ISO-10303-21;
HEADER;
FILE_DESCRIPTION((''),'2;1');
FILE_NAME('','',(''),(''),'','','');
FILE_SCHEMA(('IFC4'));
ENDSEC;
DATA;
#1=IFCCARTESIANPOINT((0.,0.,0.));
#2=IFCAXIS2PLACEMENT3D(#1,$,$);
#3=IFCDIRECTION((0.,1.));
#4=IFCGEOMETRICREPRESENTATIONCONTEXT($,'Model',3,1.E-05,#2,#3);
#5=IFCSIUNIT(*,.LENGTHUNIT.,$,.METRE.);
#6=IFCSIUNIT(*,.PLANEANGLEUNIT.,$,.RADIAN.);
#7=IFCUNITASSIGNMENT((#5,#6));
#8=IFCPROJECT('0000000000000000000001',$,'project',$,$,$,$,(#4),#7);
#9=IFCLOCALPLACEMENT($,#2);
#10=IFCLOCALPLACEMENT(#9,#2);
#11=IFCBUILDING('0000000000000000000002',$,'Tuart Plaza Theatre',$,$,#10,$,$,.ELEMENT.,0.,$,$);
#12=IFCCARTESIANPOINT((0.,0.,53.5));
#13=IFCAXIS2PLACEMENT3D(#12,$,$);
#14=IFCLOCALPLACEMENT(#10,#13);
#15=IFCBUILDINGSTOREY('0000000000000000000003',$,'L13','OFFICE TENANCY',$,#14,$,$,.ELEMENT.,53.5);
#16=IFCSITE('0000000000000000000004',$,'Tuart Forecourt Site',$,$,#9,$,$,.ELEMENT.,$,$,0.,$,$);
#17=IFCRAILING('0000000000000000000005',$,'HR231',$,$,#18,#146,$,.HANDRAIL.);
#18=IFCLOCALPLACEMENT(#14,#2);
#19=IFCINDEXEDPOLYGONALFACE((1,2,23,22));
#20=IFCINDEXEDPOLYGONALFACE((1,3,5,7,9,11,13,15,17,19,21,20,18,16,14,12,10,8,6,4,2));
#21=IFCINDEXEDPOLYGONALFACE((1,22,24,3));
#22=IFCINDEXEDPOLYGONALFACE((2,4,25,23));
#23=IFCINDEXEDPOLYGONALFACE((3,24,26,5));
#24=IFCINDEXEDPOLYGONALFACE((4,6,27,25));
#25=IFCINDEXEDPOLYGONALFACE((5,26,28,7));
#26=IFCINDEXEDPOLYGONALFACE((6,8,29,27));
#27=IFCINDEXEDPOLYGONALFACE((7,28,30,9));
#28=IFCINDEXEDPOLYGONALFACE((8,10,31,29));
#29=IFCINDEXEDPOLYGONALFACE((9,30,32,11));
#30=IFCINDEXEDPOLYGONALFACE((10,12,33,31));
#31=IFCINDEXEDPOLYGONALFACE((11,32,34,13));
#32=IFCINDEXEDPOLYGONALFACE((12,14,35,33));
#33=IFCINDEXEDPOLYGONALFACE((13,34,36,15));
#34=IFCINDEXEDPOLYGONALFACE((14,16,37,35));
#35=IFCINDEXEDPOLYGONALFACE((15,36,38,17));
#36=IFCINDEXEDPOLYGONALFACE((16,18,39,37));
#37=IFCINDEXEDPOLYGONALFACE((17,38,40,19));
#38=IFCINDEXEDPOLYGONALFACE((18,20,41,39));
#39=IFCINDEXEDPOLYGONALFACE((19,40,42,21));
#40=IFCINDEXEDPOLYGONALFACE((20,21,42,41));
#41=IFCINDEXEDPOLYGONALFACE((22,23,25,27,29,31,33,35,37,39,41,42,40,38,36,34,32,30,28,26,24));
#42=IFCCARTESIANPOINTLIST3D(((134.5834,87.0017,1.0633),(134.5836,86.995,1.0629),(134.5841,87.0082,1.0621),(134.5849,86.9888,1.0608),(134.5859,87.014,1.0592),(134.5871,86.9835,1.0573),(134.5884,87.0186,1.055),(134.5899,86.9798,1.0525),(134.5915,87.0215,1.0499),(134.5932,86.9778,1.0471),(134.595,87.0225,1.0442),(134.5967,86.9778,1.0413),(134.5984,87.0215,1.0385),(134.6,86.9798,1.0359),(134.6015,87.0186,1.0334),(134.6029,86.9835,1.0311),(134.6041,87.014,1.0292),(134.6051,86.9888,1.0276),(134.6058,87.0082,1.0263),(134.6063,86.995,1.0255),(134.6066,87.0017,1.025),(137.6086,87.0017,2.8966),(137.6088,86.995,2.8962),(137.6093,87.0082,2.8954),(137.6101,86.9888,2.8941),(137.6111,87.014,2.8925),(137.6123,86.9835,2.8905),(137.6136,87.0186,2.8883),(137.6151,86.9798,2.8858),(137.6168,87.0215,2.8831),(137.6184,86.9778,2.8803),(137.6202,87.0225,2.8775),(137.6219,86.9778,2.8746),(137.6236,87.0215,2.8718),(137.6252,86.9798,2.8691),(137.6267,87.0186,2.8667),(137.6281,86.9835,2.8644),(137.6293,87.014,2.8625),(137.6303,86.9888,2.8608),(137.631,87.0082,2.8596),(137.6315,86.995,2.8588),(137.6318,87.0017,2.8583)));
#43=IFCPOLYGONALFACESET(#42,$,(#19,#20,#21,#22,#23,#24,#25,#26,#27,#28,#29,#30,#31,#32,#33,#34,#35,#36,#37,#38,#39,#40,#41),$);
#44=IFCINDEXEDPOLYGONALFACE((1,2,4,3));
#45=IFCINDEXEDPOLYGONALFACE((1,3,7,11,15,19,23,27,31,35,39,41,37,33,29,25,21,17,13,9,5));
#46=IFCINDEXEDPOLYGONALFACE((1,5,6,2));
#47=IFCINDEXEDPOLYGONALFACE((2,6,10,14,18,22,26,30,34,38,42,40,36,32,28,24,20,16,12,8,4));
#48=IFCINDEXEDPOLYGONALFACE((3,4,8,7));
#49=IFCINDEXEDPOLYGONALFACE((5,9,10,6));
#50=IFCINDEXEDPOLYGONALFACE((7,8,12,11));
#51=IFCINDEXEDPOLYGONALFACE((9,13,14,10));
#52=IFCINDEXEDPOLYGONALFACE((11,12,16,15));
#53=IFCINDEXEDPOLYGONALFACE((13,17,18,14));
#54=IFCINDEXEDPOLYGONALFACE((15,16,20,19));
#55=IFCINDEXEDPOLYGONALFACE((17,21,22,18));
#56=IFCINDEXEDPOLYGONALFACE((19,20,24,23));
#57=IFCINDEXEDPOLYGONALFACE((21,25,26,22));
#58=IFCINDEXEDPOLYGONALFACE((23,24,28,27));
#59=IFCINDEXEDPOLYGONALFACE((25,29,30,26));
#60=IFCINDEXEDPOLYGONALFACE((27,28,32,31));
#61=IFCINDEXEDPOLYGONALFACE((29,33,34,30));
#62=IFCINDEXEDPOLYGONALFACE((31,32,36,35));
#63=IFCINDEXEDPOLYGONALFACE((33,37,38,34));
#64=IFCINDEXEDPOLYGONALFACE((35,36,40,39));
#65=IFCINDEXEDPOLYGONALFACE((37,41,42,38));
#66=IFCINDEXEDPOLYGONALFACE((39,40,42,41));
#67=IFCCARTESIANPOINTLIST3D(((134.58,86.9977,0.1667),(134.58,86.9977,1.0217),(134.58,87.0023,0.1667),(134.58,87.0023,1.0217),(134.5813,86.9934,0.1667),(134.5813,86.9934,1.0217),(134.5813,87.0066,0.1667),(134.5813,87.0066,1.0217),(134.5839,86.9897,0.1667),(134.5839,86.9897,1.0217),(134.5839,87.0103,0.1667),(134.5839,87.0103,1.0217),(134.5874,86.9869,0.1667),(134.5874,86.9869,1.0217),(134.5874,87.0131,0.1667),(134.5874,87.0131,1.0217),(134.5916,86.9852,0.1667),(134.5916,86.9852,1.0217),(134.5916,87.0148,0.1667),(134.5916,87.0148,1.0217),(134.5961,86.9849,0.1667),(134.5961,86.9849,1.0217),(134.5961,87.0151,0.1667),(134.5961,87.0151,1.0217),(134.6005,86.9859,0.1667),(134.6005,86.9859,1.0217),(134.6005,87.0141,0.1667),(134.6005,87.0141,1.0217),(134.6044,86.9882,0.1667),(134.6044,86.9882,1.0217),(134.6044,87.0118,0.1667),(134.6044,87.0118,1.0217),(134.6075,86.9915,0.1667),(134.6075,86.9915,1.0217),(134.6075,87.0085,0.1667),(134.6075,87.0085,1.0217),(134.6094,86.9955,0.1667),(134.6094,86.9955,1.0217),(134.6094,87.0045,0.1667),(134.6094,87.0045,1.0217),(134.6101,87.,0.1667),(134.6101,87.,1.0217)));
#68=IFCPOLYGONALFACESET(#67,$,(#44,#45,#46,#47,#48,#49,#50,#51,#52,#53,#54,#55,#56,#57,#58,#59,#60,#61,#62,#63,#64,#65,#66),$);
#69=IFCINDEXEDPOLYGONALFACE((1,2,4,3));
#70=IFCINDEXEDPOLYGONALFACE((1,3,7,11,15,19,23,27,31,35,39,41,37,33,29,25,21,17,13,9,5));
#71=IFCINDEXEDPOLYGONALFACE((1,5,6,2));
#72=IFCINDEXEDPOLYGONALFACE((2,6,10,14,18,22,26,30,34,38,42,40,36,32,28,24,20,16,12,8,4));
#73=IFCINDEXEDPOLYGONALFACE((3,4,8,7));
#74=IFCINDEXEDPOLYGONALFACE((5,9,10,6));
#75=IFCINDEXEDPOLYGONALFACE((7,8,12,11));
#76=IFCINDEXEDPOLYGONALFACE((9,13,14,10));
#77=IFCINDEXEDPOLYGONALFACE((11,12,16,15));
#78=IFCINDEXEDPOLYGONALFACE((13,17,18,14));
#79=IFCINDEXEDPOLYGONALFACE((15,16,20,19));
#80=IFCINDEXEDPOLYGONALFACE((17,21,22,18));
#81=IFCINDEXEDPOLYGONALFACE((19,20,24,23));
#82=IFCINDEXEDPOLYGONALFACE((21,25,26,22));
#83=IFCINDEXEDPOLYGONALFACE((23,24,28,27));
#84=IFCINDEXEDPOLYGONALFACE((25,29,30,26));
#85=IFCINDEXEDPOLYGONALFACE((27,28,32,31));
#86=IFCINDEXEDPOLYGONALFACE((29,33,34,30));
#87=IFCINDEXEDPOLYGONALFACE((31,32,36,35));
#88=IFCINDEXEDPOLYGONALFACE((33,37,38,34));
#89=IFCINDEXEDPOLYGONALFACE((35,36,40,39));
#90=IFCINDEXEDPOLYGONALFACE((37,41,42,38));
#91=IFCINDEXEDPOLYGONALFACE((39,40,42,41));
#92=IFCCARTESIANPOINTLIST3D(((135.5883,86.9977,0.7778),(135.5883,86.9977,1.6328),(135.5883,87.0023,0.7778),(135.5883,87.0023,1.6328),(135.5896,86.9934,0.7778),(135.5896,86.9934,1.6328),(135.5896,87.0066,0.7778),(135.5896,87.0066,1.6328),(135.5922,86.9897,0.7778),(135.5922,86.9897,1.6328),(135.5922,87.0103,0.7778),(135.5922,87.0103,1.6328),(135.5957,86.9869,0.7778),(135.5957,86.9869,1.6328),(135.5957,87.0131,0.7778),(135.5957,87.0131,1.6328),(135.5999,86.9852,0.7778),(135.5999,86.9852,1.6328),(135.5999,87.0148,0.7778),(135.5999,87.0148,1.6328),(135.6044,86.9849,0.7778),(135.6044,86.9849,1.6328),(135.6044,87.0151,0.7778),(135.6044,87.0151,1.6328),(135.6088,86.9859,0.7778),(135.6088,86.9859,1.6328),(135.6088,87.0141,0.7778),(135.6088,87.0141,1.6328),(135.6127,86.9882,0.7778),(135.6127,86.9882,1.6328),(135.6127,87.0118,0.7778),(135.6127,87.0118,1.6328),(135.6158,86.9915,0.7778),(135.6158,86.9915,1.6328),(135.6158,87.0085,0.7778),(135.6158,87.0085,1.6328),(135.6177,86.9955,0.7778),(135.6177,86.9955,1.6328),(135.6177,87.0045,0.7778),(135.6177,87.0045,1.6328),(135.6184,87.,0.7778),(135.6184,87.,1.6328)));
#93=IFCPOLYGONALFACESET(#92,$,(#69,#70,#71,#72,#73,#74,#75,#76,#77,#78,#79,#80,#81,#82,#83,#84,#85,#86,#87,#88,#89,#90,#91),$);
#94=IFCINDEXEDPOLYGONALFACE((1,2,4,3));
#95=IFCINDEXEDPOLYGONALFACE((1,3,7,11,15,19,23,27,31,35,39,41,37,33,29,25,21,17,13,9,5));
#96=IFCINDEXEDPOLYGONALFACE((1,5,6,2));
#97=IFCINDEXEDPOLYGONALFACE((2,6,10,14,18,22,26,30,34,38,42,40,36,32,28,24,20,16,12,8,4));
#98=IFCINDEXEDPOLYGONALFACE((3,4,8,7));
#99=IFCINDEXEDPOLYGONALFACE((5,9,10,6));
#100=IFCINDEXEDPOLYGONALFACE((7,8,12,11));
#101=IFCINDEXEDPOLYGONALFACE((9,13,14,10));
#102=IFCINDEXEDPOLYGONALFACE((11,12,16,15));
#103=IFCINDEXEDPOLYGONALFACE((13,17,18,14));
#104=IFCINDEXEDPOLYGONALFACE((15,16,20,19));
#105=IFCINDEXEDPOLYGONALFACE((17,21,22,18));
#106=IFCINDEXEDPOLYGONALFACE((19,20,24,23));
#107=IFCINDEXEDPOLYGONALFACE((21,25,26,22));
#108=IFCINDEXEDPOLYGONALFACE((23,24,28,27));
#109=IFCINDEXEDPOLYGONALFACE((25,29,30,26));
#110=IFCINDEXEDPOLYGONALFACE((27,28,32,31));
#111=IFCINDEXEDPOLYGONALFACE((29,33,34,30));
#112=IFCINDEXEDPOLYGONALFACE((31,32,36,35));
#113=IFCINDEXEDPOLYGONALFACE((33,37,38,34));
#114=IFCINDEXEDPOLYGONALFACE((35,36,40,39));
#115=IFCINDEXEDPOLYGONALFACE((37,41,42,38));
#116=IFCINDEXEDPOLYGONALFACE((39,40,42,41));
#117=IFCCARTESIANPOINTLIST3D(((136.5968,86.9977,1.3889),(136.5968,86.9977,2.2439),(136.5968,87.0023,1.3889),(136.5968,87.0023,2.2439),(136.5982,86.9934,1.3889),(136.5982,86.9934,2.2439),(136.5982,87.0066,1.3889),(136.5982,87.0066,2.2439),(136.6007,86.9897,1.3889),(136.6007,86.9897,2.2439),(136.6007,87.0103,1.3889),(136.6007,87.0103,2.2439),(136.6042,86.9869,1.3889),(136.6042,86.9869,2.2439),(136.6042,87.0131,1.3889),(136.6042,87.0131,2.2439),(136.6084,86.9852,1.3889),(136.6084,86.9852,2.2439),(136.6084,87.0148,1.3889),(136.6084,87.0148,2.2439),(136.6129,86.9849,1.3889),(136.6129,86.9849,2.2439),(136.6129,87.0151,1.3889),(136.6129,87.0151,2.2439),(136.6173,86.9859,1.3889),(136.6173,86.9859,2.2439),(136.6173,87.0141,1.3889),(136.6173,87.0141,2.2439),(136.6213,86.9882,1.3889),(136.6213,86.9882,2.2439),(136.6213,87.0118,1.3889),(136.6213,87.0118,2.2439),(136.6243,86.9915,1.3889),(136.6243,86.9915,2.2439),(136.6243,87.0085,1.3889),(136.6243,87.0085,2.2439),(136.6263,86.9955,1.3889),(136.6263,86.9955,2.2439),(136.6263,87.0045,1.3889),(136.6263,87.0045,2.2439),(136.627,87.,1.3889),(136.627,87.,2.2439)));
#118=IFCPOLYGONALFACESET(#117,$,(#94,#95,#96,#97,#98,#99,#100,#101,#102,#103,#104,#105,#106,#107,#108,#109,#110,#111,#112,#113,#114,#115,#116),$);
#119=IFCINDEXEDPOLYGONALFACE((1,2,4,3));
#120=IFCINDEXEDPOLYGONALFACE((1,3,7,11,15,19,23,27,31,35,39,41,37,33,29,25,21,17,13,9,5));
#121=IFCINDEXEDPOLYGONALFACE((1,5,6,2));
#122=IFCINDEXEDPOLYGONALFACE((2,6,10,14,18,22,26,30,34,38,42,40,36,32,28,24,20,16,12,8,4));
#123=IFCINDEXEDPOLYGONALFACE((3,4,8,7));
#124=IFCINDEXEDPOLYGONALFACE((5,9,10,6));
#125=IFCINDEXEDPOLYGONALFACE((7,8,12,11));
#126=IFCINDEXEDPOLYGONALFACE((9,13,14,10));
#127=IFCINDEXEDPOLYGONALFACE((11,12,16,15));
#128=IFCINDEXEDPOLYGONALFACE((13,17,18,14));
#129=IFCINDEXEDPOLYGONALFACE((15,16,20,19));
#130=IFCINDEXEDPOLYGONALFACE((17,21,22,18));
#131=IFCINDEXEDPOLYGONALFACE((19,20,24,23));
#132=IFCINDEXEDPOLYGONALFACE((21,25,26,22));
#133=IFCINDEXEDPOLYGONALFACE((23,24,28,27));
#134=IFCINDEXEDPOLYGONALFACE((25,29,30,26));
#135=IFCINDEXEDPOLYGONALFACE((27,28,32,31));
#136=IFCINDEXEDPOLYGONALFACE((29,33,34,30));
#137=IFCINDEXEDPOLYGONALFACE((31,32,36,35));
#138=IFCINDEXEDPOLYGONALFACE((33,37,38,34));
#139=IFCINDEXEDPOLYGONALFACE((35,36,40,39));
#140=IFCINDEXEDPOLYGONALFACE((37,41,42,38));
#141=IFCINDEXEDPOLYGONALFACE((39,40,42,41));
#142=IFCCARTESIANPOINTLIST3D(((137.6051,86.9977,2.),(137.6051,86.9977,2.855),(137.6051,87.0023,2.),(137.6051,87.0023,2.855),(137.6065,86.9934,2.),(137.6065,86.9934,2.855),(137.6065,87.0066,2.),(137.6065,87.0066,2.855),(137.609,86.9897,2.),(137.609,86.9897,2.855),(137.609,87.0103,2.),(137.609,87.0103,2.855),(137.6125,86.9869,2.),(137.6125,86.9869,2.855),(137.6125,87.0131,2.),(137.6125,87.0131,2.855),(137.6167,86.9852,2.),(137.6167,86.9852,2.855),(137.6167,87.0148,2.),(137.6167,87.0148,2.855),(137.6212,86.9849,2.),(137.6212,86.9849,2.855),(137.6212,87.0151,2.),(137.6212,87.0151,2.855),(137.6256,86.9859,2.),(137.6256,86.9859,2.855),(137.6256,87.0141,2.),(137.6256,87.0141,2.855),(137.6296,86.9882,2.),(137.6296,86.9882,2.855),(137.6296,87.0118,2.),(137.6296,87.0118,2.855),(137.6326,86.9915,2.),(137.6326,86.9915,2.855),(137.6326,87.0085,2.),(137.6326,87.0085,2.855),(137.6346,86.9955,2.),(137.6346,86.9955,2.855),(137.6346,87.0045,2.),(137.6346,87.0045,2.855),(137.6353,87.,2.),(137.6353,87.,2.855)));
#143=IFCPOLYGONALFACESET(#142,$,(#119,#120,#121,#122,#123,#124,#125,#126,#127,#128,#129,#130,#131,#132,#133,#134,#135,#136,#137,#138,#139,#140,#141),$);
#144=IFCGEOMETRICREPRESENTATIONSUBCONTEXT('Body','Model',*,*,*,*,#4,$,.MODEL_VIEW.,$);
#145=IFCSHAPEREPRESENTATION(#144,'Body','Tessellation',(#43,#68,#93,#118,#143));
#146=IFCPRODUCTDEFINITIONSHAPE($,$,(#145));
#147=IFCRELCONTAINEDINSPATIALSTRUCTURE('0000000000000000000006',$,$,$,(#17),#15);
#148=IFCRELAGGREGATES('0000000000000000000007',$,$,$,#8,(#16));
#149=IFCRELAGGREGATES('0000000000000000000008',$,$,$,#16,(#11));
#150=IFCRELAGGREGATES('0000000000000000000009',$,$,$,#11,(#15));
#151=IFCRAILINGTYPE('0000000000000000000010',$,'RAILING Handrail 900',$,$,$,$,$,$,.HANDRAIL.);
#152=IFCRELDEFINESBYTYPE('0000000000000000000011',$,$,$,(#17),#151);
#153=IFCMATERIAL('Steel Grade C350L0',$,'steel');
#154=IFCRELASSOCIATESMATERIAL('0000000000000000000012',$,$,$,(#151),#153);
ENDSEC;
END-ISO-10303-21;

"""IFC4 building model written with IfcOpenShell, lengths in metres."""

from ifc_helpers import new_model, si_unit, direction, frame, origin, origin_2d, place, context, subcontext, project, spatial, circle, extrude, material, type_object, element, save


model = new_model("IFC4")

# Units and contexts
model_context = context("Model", 3, precision=1e-05, world=origin(), true_north=direction((0.0, 1.0)))
body_context = subcontext(model_context, "Body", "Model", "MODEL_VIEW")
ifc_project = project(units=[si_unit("LENGTHUNIT", "METRE"), si_unit("PLANEANGLEUNIT", "RADIAN")], contexts=[model_context])

# Site, building, storey
site_placement = place(None, origin())
site = spatial("IfcSite", under=ifc_project, at=site_placement, Name="Tuart Forecourt Site", CompositionType="ELEMENT", RefElevation=0.0)
building_placement = place(site_placement, origin())
building = spatial("IfcBuilding", under=site, at=building_placement, Name="Tuart Plaza Theatre", CompositionType="ELEMENT", ElevationOfRefHeight=0.0)
storey_placement = place(building_placement, frame((0.0, 0.0, 53.5)))
storey = spatial("IfcBuildingStorey", under=building, at=storey_placement, Name="L13", Description="OFFICE TENANCY", CompositionType="ELEMENT", Elevation=53.5)

# Railing
ifc_material_1 = material(Name="Steel Grade C350L0", Category="steel")
railing_type_1 = type_object("IfcRailingType", Name="RAILING Handrail 900", PredefinedType="HANDRAIL", material=ifc_material_1)
for number, where, name in (
    (1, (134.595, 87.0, 0.1667), "HR231"),
):
    element("IfcRailing", number, at=place(storey_placement, frame(where)), inside=storey, type_object=railing_type_1, Name=name, PredefinedType="HANDRAIL", context=body_context, shape_type="SweptSolid", body=[
        extrude(circle(Radius=0.0225, at=origin_2d()), frame((0.0, 0.0, 0.8774), z_axis=(0.855219, 0.0, 0.518267), x_axis=(0.0, 1.0, 0.0)), (0.0, 0.0, 1.0), 3.5374),
        extrude(circle(Radius=0.0151, at=origin_2d()), origin(), (0.0, 0.0, 1.0), 0.855),
        extrude(circle(Radius=0.0151, at=origin_2d()), frame((1.0083, 0.0, 0.6111)), (0.0, 0.0, 1.0), 0.855),
        extrude(circle(Radius=0.0151, at=origin_2d()), frame((2.0168, 0.0, 1.2222)), (0.0, 0.0, 1.0), 0.855),
        extrude(circle(Radius=0.0151, at=origin_2d()), frame((3.0251, 0.0, 1.8333)), (0.0, 0.0, 1.0), 0.855),
    ])

save(model, "model.ifc")
